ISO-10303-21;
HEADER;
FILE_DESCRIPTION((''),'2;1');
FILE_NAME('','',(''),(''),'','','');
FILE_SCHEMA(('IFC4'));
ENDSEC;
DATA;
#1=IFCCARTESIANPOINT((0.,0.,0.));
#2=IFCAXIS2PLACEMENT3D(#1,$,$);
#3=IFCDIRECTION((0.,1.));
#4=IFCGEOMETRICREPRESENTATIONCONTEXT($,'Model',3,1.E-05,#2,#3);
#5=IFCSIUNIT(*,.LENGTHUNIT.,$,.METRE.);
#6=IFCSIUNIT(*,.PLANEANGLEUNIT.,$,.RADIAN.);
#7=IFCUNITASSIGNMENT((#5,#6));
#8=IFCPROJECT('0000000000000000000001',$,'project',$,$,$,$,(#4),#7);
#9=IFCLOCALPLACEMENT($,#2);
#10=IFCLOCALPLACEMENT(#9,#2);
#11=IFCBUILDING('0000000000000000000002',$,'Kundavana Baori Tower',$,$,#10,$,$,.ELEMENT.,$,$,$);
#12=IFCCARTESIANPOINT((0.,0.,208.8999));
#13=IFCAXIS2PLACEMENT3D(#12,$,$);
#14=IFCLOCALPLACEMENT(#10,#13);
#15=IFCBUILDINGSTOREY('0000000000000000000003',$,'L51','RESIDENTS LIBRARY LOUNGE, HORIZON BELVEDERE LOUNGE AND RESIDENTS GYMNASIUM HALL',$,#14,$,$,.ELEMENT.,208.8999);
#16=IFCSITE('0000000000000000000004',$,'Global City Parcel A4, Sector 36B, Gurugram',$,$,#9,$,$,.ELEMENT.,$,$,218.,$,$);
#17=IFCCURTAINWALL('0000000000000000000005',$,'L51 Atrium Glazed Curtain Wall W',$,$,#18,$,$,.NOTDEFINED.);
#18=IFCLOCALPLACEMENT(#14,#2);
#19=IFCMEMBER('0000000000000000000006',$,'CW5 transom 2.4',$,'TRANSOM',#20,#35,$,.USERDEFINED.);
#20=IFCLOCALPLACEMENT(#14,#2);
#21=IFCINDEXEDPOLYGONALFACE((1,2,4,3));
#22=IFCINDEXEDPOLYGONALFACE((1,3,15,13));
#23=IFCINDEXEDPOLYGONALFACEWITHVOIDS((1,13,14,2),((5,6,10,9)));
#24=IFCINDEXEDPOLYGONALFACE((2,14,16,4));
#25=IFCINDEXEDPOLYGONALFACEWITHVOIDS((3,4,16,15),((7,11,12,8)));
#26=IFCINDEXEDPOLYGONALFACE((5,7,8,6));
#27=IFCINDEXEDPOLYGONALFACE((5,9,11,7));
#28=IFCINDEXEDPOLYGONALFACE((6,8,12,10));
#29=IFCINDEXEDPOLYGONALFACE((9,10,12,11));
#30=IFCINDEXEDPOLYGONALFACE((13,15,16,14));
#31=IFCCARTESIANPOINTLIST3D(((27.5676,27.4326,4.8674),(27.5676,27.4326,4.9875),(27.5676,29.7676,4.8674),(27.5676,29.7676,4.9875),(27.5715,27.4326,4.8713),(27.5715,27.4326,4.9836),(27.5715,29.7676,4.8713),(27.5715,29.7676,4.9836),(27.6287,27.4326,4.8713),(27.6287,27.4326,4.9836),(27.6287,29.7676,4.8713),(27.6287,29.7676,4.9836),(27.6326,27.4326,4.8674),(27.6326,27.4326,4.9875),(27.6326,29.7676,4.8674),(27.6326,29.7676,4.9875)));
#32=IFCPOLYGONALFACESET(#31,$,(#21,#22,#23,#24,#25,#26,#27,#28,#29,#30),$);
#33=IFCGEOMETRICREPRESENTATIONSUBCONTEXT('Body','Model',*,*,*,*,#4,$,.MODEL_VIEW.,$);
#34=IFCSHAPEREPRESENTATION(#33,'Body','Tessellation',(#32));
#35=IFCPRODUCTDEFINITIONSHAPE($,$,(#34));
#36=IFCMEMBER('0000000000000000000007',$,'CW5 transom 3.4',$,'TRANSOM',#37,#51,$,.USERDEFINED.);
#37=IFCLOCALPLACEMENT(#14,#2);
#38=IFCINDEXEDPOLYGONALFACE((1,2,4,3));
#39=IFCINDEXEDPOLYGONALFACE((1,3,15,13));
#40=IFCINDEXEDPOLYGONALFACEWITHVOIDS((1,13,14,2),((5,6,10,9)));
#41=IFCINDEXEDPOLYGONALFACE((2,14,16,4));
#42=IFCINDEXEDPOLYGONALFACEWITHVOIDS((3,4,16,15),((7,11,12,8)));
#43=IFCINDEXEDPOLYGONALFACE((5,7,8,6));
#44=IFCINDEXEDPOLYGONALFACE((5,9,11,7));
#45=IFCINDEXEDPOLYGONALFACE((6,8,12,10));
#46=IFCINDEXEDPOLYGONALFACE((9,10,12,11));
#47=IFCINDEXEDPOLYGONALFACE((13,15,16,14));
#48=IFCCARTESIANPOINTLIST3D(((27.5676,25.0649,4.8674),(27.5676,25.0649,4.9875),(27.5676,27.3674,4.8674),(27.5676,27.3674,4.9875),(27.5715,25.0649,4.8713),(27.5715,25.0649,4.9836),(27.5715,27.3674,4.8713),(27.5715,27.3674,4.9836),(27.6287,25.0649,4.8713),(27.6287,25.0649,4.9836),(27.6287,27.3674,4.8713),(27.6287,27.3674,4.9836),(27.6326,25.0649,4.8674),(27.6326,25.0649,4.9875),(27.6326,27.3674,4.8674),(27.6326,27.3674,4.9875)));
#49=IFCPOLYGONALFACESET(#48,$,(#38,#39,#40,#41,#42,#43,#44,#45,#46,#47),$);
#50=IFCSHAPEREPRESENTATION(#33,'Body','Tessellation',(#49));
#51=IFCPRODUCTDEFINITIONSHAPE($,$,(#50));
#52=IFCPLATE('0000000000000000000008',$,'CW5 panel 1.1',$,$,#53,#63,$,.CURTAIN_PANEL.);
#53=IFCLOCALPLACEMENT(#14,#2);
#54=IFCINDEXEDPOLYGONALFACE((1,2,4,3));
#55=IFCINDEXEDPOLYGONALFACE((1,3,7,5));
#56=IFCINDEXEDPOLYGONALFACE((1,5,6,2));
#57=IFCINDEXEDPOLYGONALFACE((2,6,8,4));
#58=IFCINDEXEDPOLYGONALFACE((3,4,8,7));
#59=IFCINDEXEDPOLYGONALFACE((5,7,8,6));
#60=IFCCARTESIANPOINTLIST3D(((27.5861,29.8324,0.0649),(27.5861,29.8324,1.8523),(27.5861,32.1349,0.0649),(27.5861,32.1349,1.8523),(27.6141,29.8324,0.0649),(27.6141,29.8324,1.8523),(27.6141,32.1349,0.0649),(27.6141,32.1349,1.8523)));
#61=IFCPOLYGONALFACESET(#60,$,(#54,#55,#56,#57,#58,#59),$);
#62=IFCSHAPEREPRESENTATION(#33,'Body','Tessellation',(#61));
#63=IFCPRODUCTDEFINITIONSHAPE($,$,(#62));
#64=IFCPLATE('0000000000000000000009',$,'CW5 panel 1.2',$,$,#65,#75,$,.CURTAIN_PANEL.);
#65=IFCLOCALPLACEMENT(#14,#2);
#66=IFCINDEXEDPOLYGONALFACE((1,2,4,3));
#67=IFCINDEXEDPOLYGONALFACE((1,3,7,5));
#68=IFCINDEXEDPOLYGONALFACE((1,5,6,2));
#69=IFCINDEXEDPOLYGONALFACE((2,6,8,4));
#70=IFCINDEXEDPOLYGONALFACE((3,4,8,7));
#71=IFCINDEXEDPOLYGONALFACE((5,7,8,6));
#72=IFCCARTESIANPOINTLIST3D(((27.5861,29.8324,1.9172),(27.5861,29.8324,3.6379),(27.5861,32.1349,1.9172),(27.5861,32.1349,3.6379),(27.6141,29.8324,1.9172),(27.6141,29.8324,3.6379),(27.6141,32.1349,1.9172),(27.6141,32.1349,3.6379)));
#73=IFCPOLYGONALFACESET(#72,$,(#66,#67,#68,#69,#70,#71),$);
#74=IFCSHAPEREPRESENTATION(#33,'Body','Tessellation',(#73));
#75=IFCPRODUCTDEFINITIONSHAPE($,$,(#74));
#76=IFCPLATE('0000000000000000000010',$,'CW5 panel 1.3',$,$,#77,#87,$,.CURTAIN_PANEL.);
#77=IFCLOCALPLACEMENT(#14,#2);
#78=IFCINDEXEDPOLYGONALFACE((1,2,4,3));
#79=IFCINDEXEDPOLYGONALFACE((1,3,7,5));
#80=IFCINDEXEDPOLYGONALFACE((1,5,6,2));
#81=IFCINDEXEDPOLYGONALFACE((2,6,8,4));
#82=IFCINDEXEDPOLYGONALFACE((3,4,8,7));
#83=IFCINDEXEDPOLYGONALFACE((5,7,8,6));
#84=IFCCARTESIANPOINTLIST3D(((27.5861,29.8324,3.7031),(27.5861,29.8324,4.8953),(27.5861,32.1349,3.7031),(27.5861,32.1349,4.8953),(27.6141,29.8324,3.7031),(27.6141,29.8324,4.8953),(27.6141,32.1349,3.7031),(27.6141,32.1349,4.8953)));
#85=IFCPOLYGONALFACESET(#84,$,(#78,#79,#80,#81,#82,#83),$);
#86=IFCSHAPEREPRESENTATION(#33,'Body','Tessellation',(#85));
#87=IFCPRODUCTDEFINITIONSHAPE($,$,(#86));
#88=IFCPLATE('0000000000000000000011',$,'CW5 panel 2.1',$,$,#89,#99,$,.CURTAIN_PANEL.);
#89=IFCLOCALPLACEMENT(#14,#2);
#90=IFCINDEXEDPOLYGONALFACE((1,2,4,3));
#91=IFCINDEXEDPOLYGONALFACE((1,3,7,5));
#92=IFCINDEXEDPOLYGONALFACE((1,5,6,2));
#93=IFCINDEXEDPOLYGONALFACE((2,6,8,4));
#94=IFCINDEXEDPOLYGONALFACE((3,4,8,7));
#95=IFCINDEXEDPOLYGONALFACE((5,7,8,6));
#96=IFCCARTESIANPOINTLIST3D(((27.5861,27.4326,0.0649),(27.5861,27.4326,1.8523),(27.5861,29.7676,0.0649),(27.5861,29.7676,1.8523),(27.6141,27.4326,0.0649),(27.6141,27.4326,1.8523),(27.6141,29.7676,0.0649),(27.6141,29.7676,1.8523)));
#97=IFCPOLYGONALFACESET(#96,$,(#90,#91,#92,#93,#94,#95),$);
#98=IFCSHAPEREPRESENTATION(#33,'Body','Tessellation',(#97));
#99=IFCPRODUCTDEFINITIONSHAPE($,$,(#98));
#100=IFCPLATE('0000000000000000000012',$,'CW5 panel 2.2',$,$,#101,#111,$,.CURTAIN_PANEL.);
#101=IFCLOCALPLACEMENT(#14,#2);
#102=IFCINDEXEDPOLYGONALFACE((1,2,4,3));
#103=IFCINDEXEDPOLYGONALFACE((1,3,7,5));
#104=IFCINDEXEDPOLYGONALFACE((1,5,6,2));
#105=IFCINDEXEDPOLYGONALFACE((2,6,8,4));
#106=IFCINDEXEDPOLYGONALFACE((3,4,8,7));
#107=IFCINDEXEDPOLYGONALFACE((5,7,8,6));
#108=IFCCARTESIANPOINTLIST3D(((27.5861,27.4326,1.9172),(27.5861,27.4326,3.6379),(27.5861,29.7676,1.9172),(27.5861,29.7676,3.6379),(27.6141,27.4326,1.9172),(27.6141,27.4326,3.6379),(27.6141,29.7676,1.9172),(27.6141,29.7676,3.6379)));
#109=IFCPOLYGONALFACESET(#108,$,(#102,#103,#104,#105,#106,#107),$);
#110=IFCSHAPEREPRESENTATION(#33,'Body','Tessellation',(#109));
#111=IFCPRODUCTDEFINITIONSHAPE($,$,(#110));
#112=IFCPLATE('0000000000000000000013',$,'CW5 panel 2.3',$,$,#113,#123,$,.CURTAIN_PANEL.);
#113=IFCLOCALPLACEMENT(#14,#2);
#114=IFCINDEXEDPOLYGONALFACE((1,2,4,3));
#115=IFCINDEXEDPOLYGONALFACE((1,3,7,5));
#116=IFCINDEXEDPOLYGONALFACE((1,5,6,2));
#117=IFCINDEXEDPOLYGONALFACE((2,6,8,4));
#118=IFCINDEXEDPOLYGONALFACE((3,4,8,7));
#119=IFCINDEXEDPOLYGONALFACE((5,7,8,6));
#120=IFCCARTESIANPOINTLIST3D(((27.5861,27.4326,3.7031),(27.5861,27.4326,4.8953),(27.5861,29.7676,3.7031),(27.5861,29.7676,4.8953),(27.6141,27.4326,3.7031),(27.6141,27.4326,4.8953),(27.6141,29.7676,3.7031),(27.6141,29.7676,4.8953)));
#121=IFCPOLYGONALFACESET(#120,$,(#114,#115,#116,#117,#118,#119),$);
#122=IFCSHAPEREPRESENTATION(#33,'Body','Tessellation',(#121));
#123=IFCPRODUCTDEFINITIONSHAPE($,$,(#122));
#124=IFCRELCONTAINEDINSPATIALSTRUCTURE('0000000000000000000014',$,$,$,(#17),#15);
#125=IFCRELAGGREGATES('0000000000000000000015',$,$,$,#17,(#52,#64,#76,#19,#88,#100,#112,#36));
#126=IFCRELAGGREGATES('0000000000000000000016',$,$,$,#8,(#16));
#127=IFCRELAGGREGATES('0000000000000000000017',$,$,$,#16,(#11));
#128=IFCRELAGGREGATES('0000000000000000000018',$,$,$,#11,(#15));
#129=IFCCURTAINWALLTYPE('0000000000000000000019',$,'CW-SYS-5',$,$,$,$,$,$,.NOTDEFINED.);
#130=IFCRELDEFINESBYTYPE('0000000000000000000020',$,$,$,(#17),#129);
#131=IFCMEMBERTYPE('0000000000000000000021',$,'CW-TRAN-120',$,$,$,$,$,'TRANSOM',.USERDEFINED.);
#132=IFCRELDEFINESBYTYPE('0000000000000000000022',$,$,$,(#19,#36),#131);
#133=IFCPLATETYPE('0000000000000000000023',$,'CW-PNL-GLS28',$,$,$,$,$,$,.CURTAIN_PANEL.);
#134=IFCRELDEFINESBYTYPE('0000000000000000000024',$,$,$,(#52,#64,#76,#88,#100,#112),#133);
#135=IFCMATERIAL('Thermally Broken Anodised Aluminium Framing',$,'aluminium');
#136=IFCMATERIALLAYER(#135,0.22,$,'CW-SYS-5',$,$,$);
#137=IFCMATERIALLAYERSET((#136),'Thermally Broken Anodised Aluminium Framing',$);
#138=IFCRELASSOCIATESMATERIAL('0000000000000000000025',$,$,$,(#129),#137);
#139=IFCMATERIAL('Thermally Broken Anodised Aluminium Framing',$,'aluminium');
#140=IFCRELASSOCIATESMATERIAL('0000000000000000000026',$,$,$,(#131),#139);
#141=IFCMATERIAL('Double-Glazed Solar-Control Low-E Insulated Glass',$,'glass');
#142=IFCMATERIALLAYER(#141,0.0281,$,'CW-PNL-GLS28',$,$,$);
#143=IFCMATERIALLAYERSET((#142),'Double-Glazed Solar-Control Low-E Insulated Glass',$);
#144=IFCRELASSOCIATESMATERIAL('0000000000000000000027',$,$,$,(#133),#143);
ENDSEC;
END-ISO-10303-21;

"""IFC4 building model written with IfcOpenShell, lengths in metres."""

from ifc_helpers import new_model, si_unit, direction, frame, origin, origin_2d, place, context, subcontext, project, spatial, rectangle, hollow_rectangle, extrude, material, layer, layer_set, material_profile, profile_set, type_object, element, aggregate, save


model = new_model("IFC4")

# Units and contexts
model_context = context("Model", 3, precision=1e-05, world=origin(), true_north=direction((0.0, 1.0)))
body_context = subcontext(model_context, "Body", "Model", "MODEL_VIEW")
ifc_project = project(units=[si_unit("LENGTHUNIT", "METRE"), si_unit("PLANEANGLEUNIT", "RADIAN")], contexts=[model_context])

# Site, building, storey
site_placement = place(None, origin())
site = spatial("IfcSite", under=ifc_project, at=site_placement, Name="Global City Parcel A4, Sector 36B, Gurugram", CompositionType="ELEMENT", RefElevation=218.0)
building_placement = place(site_placement, origin())
building = spatial("IfcBuilding", under=site, at=building_placement, Name="Kundavana Baori Tower", CompositionType="ELEMENT")
storey_placement = place(building_placement, frame((0.0, 0.0, 208.8999)))
storey = spatial("IfcBuildingStorey", under=building, at=storey_placement, Name="L51", Description="RESIDENTS LIBRARY LOUNGE, HORIZON BELVEDERE LOUNGE AND RESIDENTS GYMNASIUM HALL", CompositionType="ELEMENT", Elevation=208.8999)

# Shared definitions
ifc_material_1 = material(Name="Thermally Broken Anodised Aluminium Framing", Category="aluminium")
ifc_layer_1 = layer(ifc_material_1, 0.22, Name="CW-SYS-5")
ifc_layer_set_1 = layer_set([ifc_layer_1], Name="Thermally Broken Anodised Aluminium Framing")
curtain_wall_type = type_object("IfcCurtainWallType", Name="CW-SYS-5", PredefinedType="NOTDEFINED", material=ifc_layer_set_1)

# Curtain wall, members, plates
curtain_wall_1_placement = place(storey_placement, origin())
curtain_wall_1 = element("IfcCurtainWall", 1, at=curtain_wall_1_placement, inside=storey, type_object=curtain_wall_type, Name="L51 Atrium Glazed Curtain Wall W", PredefinedType="NOTDEFINED")
ifc_material_2 = material(Name="Thermally Broken Anodised Aluminium Framing", Category="aluminium")
ifc_material_profile_1 = material_profile(ifc_material_2, hollow_rectangle(XDim=0.0649, YDim=0.1201, WallThickness=0.0039, at=origin_2d()), Name="CW-TRAN-120")
ifc_profile_set_1 = profile_set([ifc_material_profile_1], Name="Thermally Broken Anodised Aluminium Framing")
member_type_1 = type_object("IfcMemberType", Name="CW-TRAN-120", ElementType="TRANSOM", PredefinedType="USERDEFINED", material=ifc_profile_set_1)
member_1_placement = place(storey_placement, frame((27.6001, 29.7676, 4.9275), z_axis=(0.0, -1.0, 0.0), x_axis=(1.0, 0.0, 0.0)))
member_1 = element("IfcMember", 2, at=member_1_placement, type_object=member_type_1, Name="CW5 transom 2.4", ObjectType="TRANSOM", PredefinedType="USERDEFINED", context=body_context, shape_type="SweptSolid", body=[
    extrude(hollow_rectangle(XDim=0.0649, YDim=0.1201, WallThickness=0.0039, at=origin_2d()), origin(), (0.0, 0.0, 1.0), 2.335),
])
member_2_placement = place(storey_placement, frame((27.6001, 27.3674, 4.9275), z_axis=(0.0, -1.0, 0.0), x_axis=(1.0, 0.0, 0.0)))
member_2 = element("IfcMember", 3, at=member_2_placement, type_object=member_type_1, Name="CW5 transom 3.4", ObjectType="TRANSOM", PredefinedType="USERDEFINED", context=body_context, shape_type="SweptSolid", body=[
    extrude(hollow_rectangle(XDim=0.0649, YDim=0.1201, WallThickness=0.0039, at=origin_2d()), origin(), (0.0, 0.0, 1.0), 2.3025),
])
ifc_material_3 = material(Name="Double-Glazed Solar-Control Low-E Insulated Glass", Category="glass")
ifc_layer_2 = layer(ifc_material_3, 0.0281, Name="CW-PNL-GLS28")
ifc_layer_set_2 = layer_set([ifc_layer_2], Name="Double-Glazed Solar-Control Low-E Insulated Glass")
plate_type = type_object("IfcPlateType", Name="CW-PNL-GLS28", PredefinedType="CURTAIN_PANEL", material=ifc_layer_set_2)
plate_1_placement = place(storey_placement, frame((27.6001, 30.9836, 0.0649), z_axis=(0.0, 0.0, 1.0), x_axis=(0.0, -1.0, 0.0)))
plate_1 = element("IfcPlate", 4, at=plate_1_placement, type_object=plate_type, Name="CW5 panel 1.1", PredefinedType="CURTAIN_PANEL", context=body_context, shape_type="SweptSolid", body=[
    extrude(rectangle(XDim=2.3025, YDim=0.0281, at=origin_2d()), origin(), (0.0, 0.0, 1.0), 1.7874),
])
plate_2_placement = place(storey_placement, frame((27.6001, 30.9836, 1.9172), z_axis=(0.0, 0.0, 1.0), x_axis=(0.0, -1.0, 0.0)))
plate_2 = element("IfcPlate", 5, at=plate_2_placement, type_object=plate_type, Name="CW5 panel 1.2", PredefinedType="CURTAIN_PANEL", context=body_context, shape_type="SweptSolid", body=[
    extrude(rectangle(XDim=2.3025, YDim=0.0281, at=origin_2d()), origin(), (0.0, 0.0, 1.0), 1.7207),
])
plate_3_placement = place(storey_placement, frame((27.6001, 30.9836, 3.7031), z_axis=(0.0, 0.0, 1.0), x_axis=(0.0, -1.0, 0.0)))
plate_3 = element("IfcPlate", 6, at=plate_3_placement, type_object=plate_type, Name="CW5 panel 1.3", PredefinedType="CURTAIN_PANEL", context=body_context, shape_type="SweptSolid", body=[
    extrude(rectangle(XDim=2.3025, YDim=0.0281, at=origin_2d()), origin(), (0.0, 0.0, 1.0), 1.1921),
])
plate_4_placement = place(storey_placement, frame((27.6001, 28.6001, 0.0649), z_axis=(0.0, 0.0, 1.0), x_axis=(0.0, -1.0, 0.0)))
plate_4 = element("IfcPlate", 7, at=plate_4_placement, type_object=plate_type, Name="CW5 panel 2.1", PredefinedType="CURTAIN_PANEL", context=body_context, shape_type="SweptSolid", body=[
    extrude(rectangle(XDim=2.335, YDim=0.0281, at=origin_2d()), origin(), (0.0, 0.0, 1.0), 1.7874),
])
plate_5_placement = place(storey_placement, frame((27.6001, 28.6001, 1.9172), z_axis=(0.0, 0.0, 1.0), x_axis=(0.0, -1.0, 0.0)))
plate_5 = element("IfcPlate", 8, at=plate_5_placement, type_object=plate_type, Name="CW5 panel 2.2", PredefinedType="CURTAIN_PANEL", context=body_context, shape_type="SweptSolid", body=[
    extrude(rectangle(XDim=2.335, YDim=0.0281, at=origin_2d()), origin(), (0.0, 0.0, 1.0), 1.7207),
])
plate_6_placement = place(storey_placement, frame((27.6001, 28.6001, 3.7031), z_axis=(0.0, 0.0, 1.0), x_axis=(0.0, -1.0, 0.0)))
plate_6 = element("IfcPlate", 9, at=plate_6_placement, type_object=plate_type, Name="CW5 panel 2.3", PredefinedType="CURTAIN_PANEL", context=body_context, shape_type="SweptSolid", body=[
    extrude(rectangle(XDim=2.335, YDim=0.0281, at=origin_2d()), origin(), (0.0, 0.0, 1.0), 1.1921),
])
aggregate(curtain_wall_1, [plate_1, plate_2, plate_3, member_1, plate_4, plate_5, plate_6, member_2])

save(model, "model.ifc")
